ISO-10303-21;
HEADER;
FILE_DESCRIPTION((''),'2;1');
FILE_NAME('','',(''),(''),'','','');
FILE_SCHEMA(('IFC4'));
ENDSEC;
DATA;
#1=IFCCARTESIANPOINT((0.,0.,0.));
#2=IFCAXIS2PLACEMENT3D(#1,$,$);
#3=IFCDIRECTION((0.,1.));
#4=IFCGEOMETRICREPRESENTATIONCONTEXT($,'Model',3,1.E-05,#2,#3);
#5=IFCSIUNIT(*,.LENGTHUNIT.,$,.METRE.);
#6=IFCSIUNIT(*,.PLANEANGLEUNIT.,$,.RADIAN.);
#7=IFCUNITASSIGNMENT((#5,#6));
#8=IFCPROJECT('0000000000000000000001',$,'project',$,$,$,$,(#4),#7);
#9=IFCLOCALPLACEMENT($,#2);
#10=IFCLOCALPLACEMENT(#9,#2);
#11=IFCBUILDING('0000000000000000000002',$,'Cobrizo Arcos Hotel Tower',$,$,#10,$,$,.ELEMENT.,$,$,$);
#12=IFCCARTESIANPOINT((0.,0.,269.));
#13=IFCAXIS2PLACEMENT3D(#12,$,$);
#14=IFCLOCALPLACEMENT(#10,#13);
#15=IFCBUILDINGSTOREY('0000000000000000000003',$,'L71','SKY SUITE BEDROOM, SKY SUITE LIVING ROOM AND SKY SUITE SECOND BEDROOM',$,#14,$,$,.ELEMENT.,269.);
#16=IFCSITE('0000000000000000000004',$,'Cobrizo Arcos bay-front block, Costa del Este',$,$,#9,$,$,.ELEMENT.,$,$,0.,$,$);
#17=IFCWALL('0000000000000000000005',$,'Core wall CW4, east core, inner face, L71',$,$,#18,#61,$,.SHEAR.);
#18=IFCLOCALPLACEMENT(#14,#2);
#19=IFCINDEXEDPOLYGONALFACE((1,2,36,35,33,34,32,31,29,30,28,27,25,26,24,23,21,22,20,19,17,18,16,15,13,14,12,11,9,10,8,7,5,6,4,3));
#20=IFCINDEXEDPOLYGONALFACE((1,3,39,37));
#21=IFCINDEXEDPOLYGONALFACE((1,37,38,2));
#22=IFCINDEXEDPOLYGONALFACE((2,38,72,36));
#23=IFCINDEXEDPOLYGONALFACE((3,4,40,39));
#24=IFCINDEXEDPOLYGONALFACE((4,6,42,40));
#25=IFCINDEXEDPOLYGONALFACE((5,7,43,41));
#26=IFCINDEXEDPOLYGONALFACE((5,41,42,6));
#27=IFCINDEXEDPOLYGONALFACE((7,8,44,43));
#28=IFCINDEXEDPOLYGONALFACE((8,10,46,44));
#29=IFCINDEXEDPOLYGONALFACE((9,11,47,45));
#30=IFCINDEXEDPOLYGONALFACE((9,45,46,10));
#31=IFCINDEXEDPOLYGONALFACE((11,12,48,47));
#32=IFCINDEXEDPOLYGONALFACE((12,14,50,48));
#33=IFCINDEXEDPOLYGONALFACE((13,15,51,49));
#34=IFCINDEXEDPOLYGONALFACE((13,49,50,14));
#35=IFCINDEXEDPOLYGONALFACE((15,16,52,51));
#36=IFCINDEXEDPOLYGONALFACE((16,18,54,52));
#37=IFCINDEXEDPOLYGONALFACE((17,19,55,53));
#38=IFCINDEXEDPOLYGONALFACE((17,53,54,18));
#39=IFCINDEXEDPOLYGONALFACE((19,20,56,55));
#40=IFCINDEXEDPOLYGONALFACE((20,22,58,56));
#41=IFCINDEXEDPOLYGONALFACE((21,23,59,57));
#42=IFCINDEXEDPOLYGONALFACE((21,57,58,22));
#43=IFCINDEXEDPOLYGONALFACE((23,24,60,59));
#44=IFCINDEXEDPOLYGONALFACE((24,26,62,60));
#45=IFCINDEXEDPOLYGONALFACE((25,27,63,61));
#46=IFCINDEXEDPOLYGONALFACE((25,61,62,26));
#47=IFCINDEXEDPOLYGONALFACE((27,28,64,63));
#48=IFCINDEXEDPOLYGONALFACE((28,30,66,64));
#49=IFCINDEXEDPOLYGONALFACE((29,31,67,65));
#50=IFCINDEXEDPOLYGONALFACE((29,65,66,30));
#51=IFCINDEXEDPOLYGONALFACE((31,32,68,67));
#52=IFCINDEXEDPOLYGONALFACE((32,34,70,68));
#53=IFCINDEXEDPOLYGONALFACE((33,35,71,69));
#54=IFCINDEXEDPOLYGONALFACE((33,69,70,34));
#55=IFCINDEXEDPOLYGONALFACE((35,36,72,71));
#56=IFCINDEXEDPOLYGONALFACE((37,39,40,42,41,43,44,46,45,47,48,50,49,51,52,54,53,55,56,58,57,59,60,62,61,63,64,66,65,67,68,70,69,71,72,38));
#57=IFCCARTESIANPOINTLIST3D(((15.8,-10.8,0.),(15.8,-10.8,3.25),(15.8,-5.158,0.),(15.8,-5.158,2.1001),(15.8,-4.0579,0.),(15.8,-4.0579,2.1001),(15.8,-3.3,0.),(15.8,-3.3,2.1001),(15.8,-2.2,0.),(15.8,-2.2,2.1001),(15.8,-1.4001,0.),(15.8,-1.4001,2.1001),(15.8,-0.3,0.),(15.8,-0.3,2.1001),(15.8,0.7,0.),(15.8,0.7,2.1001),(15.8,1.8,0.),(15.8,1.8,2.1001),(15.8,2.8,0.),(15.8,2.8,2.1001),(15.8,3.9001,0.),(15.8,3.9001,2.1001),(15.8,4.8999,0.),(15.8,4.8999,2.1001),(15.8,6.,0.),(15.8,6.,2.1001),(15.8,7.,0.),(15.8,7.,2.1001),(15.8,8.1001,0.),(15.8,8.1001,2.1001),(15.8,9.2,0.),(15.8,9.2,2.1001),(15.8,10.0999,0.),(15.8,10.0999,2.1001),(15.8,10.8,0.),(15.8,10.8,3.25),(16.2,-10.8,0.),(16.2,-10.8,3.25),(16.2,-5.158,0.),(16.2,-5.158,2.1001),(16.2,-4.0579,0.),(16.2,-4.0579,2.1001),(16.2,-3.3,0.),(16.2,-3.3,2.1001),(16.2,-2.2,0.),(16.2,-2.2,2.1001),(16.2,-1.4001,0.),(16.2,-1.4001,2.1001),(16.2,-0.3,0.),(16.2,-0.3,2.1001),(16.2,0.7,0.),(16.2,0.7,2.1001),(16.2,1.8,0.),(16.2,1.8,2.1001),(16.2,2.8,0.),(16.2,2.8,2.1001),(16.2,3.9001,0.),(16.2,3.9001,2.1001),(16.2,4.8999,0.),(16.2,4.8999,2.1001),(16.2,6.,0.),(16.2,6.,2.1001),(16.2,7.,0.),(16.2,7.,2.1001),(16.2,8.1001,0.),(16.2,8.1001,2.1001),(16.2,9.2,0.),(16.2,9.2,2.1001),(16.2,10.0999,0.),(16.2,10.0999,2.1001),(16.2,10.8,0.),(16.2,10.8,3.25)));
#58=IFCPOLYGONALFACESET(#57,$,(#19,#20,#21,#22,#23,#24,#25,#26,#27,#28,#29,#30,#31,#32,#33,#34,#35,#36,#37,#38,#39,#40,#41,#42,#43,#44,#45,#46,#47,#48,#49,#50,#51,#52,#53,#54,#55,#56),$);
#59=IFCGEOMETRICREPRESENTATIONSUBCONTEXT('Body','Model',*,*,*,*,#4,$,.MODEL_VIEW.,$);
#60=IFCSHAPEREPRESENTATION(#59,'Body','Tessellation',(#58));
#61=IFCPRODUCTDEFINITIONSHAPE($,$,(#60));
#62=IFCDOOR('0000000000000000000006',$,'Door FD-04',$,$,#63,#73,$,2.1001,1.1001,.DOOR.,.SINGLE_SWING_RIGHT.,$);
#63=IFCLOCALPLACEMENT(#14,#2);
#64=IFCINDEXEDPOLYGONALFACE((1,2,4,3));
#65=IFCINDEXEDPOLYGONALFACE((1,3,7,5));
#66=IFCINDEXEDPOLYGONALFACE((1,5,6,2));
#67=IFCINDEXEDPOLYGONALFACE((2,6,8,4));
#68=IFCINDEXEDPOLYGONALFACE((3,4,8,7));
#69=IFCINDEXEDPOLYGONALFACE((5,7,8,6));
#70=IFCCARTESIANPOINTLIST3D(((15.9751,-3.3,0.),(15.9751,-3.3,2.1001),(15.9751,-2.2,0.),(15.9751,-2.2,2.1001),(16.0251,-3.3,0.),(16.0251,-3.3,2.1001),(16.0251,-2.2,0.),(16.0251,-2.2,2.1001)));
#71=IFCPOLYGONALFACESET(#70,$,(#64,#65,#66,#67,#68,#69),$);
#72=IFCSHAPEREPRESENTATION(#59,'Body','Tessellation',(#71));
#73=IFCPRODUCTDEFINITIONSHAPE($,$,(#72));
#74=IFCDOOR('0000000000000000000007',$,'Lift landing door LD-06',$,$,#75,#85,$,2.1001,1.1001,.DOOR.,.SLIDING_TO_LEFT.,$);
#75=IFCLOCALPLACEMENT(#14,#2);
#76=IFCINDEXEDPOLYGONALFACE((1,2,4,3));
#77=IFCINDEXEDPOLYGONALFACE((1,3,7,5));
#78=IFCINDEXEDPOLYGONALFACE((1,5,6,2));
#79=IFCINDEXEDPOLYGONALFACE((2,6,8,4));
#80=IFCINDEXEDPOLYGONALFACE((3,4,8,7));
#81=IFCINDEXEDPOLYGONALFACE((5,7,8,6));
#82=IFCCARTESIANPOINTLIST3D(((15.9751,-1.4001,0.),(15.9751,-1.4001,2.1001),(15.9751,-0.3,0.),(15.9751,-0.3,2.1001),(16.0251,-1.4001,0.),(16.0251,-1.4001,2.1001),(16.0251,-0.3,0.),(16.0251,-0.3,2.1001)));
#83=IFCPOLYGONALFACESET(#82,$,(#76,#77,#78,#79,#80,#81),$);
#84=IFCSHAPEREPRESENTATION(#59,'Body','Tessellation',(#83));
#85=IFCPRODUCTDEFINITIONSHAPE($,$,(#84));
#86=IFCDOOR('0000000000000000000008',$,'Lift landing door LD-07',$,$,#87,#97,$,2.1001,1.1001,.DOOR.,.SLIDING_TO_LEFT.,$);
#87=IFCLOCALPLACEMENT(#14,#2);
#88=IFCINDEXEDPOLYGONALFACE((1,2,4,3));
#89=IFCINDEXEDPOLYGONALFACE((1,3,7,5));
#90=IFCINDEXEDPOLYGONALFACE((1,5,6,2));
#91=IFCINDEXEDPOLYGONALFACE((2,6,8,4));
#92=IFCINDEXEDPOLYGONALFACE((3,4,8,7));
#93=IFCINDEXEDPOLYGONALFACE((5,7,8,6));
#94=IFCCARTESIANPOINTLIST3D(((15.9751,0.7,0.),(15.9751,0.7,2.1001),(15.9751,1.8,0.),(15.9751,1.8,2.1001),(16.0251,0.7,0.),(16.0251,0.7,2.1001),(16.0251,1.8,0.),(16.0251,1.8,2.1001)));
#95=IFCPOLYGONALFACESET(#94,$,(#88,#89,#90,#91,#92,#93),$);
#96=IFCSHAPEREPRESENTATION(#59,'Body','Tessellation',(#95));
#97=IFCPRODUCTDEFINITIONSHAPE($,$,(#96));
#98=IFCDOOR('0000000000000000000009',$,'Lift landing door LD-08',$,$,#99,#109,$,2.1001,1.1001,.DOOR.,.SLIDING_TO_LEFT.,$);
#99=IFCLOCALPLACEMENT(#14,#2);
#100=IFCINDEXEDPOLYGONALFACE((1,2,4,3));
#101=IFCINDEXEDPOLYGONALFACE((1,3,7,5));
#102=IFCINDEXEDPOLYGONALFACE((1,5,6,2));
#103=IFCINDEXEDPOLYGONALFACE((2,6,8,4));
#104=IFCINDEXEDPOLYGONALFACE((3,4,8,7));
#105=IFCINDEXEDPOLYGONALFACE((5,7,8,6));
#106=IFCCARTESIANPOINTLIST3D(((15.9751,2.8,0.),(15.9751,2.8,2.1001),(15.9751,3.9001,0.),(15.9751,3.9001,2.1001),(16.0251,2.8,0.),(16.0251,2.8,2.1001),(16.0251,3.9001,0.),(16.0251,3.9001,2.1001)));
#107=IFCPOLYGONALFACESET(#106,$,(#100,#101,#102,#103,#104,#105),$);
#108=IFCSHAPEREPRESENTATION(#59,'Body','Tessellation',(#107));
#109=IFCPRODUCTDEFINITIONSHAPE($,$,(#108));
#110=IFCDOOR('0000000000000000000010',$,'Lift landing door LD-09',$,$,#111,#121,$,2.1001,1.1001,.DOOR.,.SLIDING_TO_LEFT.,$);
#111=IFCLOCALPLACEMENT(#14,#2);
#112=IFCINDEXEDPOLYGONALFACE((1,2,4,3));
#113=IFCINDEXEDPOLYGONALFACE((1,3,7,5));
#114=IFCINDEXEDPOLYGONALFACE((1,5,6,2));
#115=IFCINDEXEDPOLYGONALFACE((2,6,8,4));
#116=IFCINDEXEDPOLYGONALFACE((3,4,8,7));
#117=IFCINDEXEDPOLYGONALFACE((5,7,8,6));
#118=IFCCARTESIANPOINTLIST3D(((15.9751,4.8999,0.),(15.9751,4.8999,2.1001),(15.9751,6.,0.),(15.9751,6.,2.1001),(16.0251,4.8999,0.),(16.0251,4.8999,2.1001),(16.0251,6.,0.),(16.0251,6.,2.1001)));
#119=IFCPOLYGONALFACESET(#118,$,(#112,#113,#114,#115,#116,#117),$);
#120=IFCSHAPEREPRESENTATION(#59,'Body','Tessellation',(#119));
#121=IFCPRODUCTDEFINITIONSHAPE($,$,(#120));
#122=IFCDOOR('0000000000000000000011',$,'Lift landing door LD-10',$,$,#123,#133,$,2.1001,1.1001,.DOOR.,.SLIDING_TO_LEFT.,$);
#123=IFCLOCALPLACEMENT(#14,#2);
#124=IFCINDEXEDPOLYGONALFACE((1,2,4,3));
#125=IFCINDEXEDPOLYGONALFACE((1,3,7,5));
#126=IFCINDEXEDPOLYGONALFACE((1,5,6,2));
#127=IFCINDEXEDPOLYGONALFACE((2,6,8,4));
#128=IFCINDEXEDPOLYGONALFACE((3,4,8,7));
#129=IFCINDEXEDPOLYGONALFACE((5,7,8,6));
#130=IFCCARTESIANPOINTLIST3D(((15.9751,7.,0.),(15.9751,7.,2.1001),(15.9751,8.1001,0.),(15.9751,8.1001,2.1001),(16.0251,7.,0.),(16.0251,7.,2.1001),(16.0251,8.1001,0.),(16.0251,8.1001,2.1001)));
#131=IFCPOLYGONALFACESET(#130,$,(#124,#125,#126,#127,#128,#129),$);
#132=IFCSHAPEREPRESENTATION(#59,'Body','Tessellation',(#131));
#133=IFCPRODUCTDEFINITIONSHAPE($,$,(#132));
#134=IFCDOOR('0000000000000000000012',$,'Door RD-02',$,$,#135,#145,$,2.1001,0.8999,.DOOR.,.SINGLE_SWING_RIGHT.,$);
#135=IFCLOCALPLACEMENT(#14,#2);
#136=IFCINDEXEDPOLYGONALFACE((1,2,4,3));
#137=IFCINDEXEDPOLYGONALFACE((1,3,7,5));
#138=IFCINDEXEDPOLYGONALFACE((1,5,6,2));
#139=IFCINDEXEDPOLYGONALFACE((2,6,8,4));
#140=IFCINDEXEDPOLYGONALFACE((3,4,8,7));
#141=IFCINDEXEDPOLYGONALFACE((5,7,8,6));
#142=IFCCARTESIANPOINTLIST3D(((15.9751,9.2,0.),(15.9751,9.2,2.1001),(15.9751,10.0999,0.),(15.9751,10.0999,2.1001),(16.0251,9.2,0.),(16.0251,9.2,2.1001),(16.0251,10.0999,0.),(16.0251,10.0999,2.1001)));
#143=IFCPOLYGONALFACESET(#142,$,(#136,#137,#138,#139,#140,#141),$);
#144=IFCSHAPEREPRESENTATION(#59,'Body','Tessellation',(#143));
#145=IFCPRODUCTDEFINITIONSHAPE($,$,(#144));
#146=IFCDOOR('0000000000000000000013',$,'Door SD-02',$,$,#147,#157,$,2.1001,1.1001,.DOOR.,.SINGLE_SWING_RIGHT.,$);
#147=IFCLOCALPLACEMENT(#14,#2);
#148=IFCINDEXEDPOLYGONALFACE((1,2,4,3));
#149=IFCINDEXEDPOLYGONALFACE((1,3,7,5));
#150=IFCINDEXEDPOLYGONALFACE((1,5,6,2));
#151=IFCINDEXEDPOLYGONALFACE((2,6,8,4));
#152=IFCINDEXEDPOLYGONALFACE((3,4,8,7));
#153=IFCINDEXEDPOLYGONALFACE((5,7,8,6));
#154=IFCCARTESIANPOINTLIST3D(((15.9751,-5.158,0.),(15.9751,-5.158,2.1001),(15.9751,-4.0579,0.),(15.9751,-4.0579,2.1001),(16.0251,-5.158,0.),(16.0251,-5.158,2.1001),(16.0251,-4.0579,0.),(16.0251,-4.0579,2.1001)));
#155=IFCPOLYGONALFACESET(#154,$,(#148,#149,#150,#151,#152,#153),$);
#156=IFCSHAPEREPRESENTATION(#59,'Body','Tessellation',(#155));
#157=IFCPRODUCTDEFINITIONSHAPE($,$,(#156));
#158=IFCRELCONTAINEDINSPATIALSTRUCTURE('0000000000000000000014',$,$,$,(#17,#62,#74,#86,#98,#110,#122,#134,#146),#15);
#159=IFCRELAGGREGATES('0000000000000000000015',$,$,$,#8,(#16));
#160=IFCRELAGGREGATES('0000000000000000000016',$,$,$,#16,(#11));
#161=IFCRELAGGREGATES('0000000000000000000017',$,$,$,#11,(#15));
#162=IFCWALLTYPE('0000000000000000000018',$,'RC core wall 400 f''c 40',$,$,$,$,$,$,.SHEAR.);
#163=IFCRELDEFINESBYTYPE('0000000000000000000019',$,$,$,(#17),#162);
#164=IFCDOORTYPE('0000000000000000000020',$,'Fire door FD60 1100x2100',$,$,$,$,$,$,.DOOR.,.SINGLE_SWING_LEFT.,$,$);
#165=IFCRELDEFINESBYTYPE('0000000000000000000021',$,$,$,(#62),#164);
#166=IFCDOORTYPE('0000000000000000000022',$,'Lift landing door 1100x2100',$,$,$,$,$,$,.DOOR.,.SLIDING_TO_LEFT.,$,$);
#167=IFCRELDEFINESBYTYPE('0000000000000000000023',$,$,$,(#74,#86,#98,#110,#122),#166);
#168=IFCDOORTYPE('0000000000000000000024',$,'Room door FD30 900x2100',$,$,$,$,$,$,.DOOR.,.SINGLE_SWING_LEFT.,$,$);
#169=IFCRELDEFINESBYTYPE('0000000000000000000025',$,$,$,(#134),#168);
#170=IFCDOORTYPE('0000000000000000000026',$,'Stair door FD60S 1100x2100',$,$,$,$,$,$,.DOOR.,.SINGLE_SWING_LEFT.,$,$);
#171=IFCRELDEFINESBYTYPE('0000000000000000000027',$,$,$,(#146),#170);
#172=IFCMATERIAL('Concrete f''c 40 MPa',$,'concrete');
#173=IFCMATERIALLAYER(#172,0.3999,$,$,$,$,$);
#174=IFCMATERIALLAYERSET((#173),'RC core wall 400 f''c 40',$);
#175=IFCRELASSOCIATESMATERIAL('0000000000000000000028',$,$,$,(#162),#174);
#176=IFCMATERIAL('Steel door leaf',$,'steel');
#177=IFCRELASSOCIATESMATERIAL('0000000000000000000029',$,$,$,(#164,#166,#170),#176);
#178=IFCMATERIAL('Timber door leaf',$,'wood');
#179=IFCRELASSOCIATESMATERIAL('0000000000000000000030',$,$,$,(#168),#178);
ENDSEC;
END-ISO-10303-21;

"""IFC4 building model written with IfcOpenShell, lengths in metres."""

from ifc_helpers import new_model, si_unit, direction, frame, frame_2d, origin, place, context, subcontext, project, spatial, rectangle, extrude, material, layer, layer_set, type_object, element, fill, save


model = new_model("IFC4")

# Units and contexts
model_context = context("Model", 3, precision=1e-05, world=origin(), true_north=direction((0.0, 1.0)))
body_context = subcontext(model_context, "Body", "Model", "MODEL_VIEW")
ifc_project = project(units=[si_unit("LENGTHUNIT", "METRE"), si_unit("PLANEANGLEUNIT", "RADIAN")], contexts=[model_context])

# Site, building, storey
site_placement = place(None, origin())
site = spatial("IfcSite", under=ifc_project, at=site_placement, Name="Cobrizo Arcos bay-front block, Costa del Este", CompositionType="ELEMENT", RefElevation=0.0)
building_placement = place(site_placement, origin())
building = spatial("IfcBuilding", under=site, at=building_placement, Name="Cobrizo Arcos Hotel Tower", CompositionType="ELEMENT")
storey_placement = place(building_placement, frame((0.0, 0.0, 269.0)))
storey = spatial("IfcBuildingStorey", under=building, at=storey_placement, Name="L71", Description="SKY SUITE BEDROOM, SKY SUITE LIVING ROOM AND SKY SUITE SECOND BEDROOM", CompositionType="ELEMENT", Elevation=269.0)

# Wall, openings, doors
ifc_material_1 = material(Name="Concrete f'c 40 MPa", Category="concrete")
ifc_layer_1 = layer(ifc_material_1, 0.3999)
ifc_layer_set_1 = layer_set([ifc_layer_1], Name="RC core wall 400 f'c 40")
wall_type_1 = type_object("IfcWallType", Name="RC core wall 400 f'c 40", PredefinedType="SHEAR", material=ifc_layer_set_1)
wall_1_placement = place(storey_placement, frame((16.0, -10.8, 0.0), z_axis=(0.0, 0.0, 1.0), x_axis=(0.0, 1.0, 0.0)))
wall_1 = element("IfcWall", 1, at=wall_1_placement, inside=storey, type_object=wall_type_1, Name="Core wall CW4, east core, inner face, L71", PredefinedType="SHEAR", context=body_context, shape_type="SweptSolid", body=[
    extrude(rectangle(XDim=21.6001, YDim=0.3999, at=frame_2d((10.8, 0.0))), origin(), (0.0, 0.0, 1.0), 3.25),
])
opening_1_placement = place(wall_1_placement, frame((9.3999, 0.0, 0.0)))
opening_1 = element("IfcOpeningElement", 2, at=opening_1_placement, cuts=wall_1, PredefinedType="OPENING", context=body_context, shape_type="SweptSolid", body=[
    extrude(rectangle(XDim=1.1001, YDim=2.1001, at=frame_2d((0.55, 1.05))), frame((0.0, 0.2119, 0.0), z_axis=(0.0, -1.0, 0.0), x_axis=(1.0, 0.0, 0.0)), (0.0, 0.0, 1.0), 0.4238),
])
opening_2_placement = place(wall_1_placement, frame((11.5, 0.0, 0.0)))
opening_2 = element("IfcOpeningElement", 3, at=opening_2_placement, cuts=wall_1, PredefinedType="OPENING", context=body_context, shape_type="SweptSolid", body=[
    extrude(rectangle(XDim=1.1001, YDim=2.1001, at=frame_2d((0.55, 1.05))), frame((0.0, 0.2119, 0.0), z_axis=(0.0, -1.0, 0.0), x_axis=(1.0, 0.0, 0.0)), (0.0, 0.0, 1.0), 0.4238),
])
opening_3_placement = place(wall_1_placement, frame((13.6001, 0.0, 0.0)))
opening_3 = element("IfcOpeningElement", 4, at=opening_3_placement, cuts=wall_1, PredefinedType="OPENING", context=body_context, shape_type="SweptSolid", body=[
    extrude(rectangle(XDim=1.1001, YDim=2.1001, at=frame_2d((0.55, 1.05))), frame((0.0, 0.2119, 0.0), z_axis=(0.0, -1.0, 0.0), x_axis=(1.0, 0.0, 0.0)), (0.0, 0.0, 1.0), 0.4238),
])
opening_4_placement = place(wall_1_placement, frame((15.7, 0.0, 0.0)))
opening_4 = element("IfcOpeningElement", 5, at=opening_4_placement, cuts=wall_1, PredefinedType="OPENING", context=body_context, shape_type="SweptSolid", body=[
    extrude(rectangle(XDim=1.1001, YDim=2.1001, at=frame_2d((0.55, 1.05))), frame((0.0, 0.2119, 0.0), z_axis=(0.0, -1.0, 0.0), x_axis=(1.0, 0.0, 0.0)), (0.0, 0.0, 1.0), 0.4238),
])
opening_5_placement = place(wall_1_placement, frame((17.8, 0.0, 0.0)))
opening_5 = element("IfcOpeningElement", 6, at=opening_5_placement, cuts=wall_1, PredefinedType="OPENING", context=body_context, shape_type="SweptSolid", body=[
    extrude(rectangle(XDim=1.1001, YDim=2.1001, at=frame_2d((0.55, 1.05))), frame((0.0, 0.2119, 0.0), z_axis=(0.0, -1.0, 0.0), x_axis=(1.0, 0.0, 0.0)), (0.0, 0.0, 1.0), 0.4238),
])
opening_6_placement = place(wall_1_placement, frame((5.6421, 0.0, 0.0)))
opening_6 = element("IfcOpeningElement", 7, at=opening_6_placement, cuts=wall_1, PredefinedType="OPENING", context=body_context, shape_type="SweptSolid", body=[
    extrude(rectangle(XDim=1.1001, YDim=2.1001, at=frame_2d((0.55, 1.05))), frame((0.0, 0.2119, 0.0), z_axis=(0.0, -1.0, 0.0), x_axis=(1.0, 0.0, 0.0)), (0.0, 0.0, 1.0), 0.4238),
])
opening_7_placement = place(wall_1_placement, frame((7.5, 0.0, 0.0)))
opening_7 = element("IfcOpeningElement", 8, at=opening_7_placement, cuts=wall_1, PredefinedType="OPENING", context=body_context, shape_type="SweptSolid", body=[
    extrude(rectangle(XDim=1.1001, YDim=2.1001, at=frame_2d((0.55, 1.05))), frame((0.0, 0.2119, 0.0), z_axis=(0.0, -1.0, 0.0), x_axis=(1.0, 0.0, 0.0)), (0.0, 0.0, 1.0), 0.4238),
])
opening_8_placement = place(wall_1_placement, frame((20.0, 0.0, 0.0)))
opening_8 = element("IfcOpeningElement", 9, at=opening_8_placement, cuts=wall_1, PredefinedType="OPENING", context=body_context, shape_type="SweptSolid", body=[
    extrude(rectangle(XDim=0.8999, YDim=2.1001, at=frame_2d((0.45, 1.05))), frame((0.0, 0.2119, 0.0), z_axis=(0.0, -1.0, 0.0), x_axis=(1.0, 0.0, 0.0)), (0.0, 0.0, 1.0), 0.4238),
])
ifc_material_2 = material(Name="Steel door leaf", Category="steel")
door_type_1 = type_object("IfcDoorType", Name="Fire door FD60 1100x2100", OperationType="SINGLE_SWING_LEFT", PredefinedType="DOOR", material=ifc_material_2)
door_1_placement = place(opening_7_placement, origin())
door_1 = element("IfcDoor", 10, at=door_1_placement, inside=storey, type_object=door_type_1, Name="Door FD-04", OperationType="SINGLE_SWING_RIGHT", OverallHeight=2.1001, OverallWidth=1.1001, PredefinedType="DOOR", context=body_context, shape_type="SweptSolid", body=[
    extrude(rectangle(XDim=1.1001, YDim=2.1001, at=frame_2d((0.55, 1.05))), frame((0.0, 0.0249, 0.0), z_axis=(0.0, -1.0, 0.0), x_axis=(1.0, 0.0, 0.0)), (0.0, 0.0, 1.0), 0.05),
])
fill(opening_7, door_1)
door_type_2 = type_object("IfcDoorType", Name="Lift landing door 1100x2100", OperationType="SLIDING_TO_LEFT", PredefinedType="DOOR", material=ifc_material_2)
door_2_placement = place(opening_1_placement, origin())
door_2 = element("IfcDoor", 11, at=door_2_placement, inside=storey, type_object=door_type_2, Name="Lift landing door LD-06", OperationType="SLIDING_TO_LEFT", OverallHeight=2.1001, OverallWidth=1.1001, PredefinedType="DOOR", context=body_context, shape_type="SweptSolid", body=[
    extrude(rectangle(XDim=1.1001, YDim=2.1001, at=frame_2d((0.55, 1.05))), frame((0.0, 0.0249, 0.0), z_axis=(0.0, -1.0, 0.0), x_axis=(1.0, 0.0, 0.0)), (0.0, 0.0, 1.0), 0.05),
])
fill(opening_1, door_2)
door_3_placement = place(opening_2_placement, origin())
door_3 = element("IfcDoor", 12, at=door_3_placement, inside=storey, type_object=door_type_2, Name="Lift landing door LD-07", OperationType="SLIDING_TO_LEFT", OverallHeight=2.1001, OverallWidth=1.1001, PredefinedType="DOOR", context=body_context, shape_type="SweptSolid", body=[
    extrude(rectangle(XDim=1.1001, YDim=2.1001, at=frame_2d((0.55, 1.05))), frame((0.0, 0.0249, 0.0), z_axis=(0.0, -1.0, 0.0), x_axis=(1.0, 0.0, 0.0)), (0.0, 0.0, 1.0), 0.05),
])
fill(opening_2, door_3)
door_4_placement = place(opening_3_placement, origin())
door_4 = element("IfcDoor", 13, at=door_4_placement, inside=storey, type_object=door_type_2, Name="Lift landing door LD-08", OperationType="SLIDING_TO_LEFT", OverallHeight=2.1001, OverallWidth=1.1001, PredefinedType="DOOR", context=body_context, shape_type="SweptSolid", body=[
    extrude(rectangle(XDim=1.1001, YDim=2.1001, at=frame_2d((0.55, 1.05))), frame((0.0, 0.0249, 0.0), z_axis=(0.0, -1.0, 0.0), x_axis=(1.0, 0.0, 0.0)), (0.0, 0.0, 1.0), 0.05),
])
fill(opening_3, door_4)
door_5_placement = place(opening_4_placement, origin())
door_5 = element("IfcDoor", 14, at=door_5_placement, inside=storey, type_object=door_type_2, Name="Lift landing door LD-09", OperationType="SLIDING_TO_LEFT", OverallHeight=2.1001, OverallWidth=1.1001, PredefinedType="DOOR", context=body_context, shape_type="SweptSolid", body=[
    extrude(rectangle(XDim=1.1001, YDim=2.1001, at=frame_2d((0.55, 1.05))), frame((0.0, 0.0249, 0.0), z_axis=(0.0, -1.0, 0.0), x_axis=(1.0, 0.0, 0.0)), (0.0, 0.0, 1.0), 0.05),
])
fill(opening_4, door_5)
door_6_placement = place(opening_5_placement, origin())
door_6 = element("IfcDoor", 15, at=door_6_placement, inside=storey, type_object=door_type_2, Name="Lift landing door LD-10", OperationType="SLIDING_TO_LEFT", OverallHeight=2.1001, OverallWidth=1.1001, PredefinedType="DOOR", context=body_context, shape_type="SweptSolid", body=[
    extrude(rectangle(XDim=1.1001, YDim=2.1001, at=frame_2d((0.55, 1.05))), frame((0.0, 0.0249, 0.0), z_axis=(0.0, -1.0, 0.0), x_axis=(1.0, 0.0, 0.0)), (0.0, 0.0, 1.0), 0.05),
])
fill(opening_5, door_6)
ifc_material_3 = material(Name="Timber door leaf", Category="wood")
door_type_3 = type_object("IfcDoorType", Name="Room door FD30 900x2100", OperationType="SINGLE_SWING_LEFT", PredefinedType="DOOR", material=ifc_material_3)
door_7_placement = place(opening_8_placement, origin())
door_7 = element("IfcDoor", 16, at=door_7_placement, inside=storey, type_object=door_type_3, Name="Door RD-02", OperationType="SINGLE_SWING_RIGHT", OverallHeight=2.1001, OverallWidth=0.8999, PredefinedType="DOOR", context=body_context, shape_type="SweptSolid", body=[
    extrude(rectangle(XDim=0.8999, YDim=2.1001, at=frame_2d((0.45, 1.05))), frame((0.0, 0.0249, 0.0), z_axis=(0.0, -1.0, 0.0), x_axis=(1.0, 0.0, 0.0)), (0.0, 0.0, 1.0), 0.05),
])
fill(opening_8, door_7)
door_type_4 = type_object("IfcDoorType", Name="Stair door FD60S 1100x2100", OperationType="SINGLE_SWING_LEFT", PredefinedType="DOOR", material=ifc_material_2)
door_8_placement = place(opening_6_placement, origin())
door_8 = element("IfcDoor", 17, at=door_8_placement, inside=storey, type_object=door_type_4, Name="Door SD-02", OperationType="SINGLE_SWING_RIGHT", OverallHeight=2.1001, OverallWidth=1.1001, PredefinedType="DOOR", context=body_context, shape_type="SweptSolid", body=[
    extrude(rectangle(XDim=1.1001, YDim=2.1001, at=frame_2d((0.55, 1.05))), frame((0.0, 0.0249, 0.0), z_axis=(0.0, -1.0, 0.0), x_axis=(1.0, 0.0, 0.0)), (0.0, 0.0, 1.0), 0.05),
])
fill(opening_6, door_8)

save(model, "model.ifc")
